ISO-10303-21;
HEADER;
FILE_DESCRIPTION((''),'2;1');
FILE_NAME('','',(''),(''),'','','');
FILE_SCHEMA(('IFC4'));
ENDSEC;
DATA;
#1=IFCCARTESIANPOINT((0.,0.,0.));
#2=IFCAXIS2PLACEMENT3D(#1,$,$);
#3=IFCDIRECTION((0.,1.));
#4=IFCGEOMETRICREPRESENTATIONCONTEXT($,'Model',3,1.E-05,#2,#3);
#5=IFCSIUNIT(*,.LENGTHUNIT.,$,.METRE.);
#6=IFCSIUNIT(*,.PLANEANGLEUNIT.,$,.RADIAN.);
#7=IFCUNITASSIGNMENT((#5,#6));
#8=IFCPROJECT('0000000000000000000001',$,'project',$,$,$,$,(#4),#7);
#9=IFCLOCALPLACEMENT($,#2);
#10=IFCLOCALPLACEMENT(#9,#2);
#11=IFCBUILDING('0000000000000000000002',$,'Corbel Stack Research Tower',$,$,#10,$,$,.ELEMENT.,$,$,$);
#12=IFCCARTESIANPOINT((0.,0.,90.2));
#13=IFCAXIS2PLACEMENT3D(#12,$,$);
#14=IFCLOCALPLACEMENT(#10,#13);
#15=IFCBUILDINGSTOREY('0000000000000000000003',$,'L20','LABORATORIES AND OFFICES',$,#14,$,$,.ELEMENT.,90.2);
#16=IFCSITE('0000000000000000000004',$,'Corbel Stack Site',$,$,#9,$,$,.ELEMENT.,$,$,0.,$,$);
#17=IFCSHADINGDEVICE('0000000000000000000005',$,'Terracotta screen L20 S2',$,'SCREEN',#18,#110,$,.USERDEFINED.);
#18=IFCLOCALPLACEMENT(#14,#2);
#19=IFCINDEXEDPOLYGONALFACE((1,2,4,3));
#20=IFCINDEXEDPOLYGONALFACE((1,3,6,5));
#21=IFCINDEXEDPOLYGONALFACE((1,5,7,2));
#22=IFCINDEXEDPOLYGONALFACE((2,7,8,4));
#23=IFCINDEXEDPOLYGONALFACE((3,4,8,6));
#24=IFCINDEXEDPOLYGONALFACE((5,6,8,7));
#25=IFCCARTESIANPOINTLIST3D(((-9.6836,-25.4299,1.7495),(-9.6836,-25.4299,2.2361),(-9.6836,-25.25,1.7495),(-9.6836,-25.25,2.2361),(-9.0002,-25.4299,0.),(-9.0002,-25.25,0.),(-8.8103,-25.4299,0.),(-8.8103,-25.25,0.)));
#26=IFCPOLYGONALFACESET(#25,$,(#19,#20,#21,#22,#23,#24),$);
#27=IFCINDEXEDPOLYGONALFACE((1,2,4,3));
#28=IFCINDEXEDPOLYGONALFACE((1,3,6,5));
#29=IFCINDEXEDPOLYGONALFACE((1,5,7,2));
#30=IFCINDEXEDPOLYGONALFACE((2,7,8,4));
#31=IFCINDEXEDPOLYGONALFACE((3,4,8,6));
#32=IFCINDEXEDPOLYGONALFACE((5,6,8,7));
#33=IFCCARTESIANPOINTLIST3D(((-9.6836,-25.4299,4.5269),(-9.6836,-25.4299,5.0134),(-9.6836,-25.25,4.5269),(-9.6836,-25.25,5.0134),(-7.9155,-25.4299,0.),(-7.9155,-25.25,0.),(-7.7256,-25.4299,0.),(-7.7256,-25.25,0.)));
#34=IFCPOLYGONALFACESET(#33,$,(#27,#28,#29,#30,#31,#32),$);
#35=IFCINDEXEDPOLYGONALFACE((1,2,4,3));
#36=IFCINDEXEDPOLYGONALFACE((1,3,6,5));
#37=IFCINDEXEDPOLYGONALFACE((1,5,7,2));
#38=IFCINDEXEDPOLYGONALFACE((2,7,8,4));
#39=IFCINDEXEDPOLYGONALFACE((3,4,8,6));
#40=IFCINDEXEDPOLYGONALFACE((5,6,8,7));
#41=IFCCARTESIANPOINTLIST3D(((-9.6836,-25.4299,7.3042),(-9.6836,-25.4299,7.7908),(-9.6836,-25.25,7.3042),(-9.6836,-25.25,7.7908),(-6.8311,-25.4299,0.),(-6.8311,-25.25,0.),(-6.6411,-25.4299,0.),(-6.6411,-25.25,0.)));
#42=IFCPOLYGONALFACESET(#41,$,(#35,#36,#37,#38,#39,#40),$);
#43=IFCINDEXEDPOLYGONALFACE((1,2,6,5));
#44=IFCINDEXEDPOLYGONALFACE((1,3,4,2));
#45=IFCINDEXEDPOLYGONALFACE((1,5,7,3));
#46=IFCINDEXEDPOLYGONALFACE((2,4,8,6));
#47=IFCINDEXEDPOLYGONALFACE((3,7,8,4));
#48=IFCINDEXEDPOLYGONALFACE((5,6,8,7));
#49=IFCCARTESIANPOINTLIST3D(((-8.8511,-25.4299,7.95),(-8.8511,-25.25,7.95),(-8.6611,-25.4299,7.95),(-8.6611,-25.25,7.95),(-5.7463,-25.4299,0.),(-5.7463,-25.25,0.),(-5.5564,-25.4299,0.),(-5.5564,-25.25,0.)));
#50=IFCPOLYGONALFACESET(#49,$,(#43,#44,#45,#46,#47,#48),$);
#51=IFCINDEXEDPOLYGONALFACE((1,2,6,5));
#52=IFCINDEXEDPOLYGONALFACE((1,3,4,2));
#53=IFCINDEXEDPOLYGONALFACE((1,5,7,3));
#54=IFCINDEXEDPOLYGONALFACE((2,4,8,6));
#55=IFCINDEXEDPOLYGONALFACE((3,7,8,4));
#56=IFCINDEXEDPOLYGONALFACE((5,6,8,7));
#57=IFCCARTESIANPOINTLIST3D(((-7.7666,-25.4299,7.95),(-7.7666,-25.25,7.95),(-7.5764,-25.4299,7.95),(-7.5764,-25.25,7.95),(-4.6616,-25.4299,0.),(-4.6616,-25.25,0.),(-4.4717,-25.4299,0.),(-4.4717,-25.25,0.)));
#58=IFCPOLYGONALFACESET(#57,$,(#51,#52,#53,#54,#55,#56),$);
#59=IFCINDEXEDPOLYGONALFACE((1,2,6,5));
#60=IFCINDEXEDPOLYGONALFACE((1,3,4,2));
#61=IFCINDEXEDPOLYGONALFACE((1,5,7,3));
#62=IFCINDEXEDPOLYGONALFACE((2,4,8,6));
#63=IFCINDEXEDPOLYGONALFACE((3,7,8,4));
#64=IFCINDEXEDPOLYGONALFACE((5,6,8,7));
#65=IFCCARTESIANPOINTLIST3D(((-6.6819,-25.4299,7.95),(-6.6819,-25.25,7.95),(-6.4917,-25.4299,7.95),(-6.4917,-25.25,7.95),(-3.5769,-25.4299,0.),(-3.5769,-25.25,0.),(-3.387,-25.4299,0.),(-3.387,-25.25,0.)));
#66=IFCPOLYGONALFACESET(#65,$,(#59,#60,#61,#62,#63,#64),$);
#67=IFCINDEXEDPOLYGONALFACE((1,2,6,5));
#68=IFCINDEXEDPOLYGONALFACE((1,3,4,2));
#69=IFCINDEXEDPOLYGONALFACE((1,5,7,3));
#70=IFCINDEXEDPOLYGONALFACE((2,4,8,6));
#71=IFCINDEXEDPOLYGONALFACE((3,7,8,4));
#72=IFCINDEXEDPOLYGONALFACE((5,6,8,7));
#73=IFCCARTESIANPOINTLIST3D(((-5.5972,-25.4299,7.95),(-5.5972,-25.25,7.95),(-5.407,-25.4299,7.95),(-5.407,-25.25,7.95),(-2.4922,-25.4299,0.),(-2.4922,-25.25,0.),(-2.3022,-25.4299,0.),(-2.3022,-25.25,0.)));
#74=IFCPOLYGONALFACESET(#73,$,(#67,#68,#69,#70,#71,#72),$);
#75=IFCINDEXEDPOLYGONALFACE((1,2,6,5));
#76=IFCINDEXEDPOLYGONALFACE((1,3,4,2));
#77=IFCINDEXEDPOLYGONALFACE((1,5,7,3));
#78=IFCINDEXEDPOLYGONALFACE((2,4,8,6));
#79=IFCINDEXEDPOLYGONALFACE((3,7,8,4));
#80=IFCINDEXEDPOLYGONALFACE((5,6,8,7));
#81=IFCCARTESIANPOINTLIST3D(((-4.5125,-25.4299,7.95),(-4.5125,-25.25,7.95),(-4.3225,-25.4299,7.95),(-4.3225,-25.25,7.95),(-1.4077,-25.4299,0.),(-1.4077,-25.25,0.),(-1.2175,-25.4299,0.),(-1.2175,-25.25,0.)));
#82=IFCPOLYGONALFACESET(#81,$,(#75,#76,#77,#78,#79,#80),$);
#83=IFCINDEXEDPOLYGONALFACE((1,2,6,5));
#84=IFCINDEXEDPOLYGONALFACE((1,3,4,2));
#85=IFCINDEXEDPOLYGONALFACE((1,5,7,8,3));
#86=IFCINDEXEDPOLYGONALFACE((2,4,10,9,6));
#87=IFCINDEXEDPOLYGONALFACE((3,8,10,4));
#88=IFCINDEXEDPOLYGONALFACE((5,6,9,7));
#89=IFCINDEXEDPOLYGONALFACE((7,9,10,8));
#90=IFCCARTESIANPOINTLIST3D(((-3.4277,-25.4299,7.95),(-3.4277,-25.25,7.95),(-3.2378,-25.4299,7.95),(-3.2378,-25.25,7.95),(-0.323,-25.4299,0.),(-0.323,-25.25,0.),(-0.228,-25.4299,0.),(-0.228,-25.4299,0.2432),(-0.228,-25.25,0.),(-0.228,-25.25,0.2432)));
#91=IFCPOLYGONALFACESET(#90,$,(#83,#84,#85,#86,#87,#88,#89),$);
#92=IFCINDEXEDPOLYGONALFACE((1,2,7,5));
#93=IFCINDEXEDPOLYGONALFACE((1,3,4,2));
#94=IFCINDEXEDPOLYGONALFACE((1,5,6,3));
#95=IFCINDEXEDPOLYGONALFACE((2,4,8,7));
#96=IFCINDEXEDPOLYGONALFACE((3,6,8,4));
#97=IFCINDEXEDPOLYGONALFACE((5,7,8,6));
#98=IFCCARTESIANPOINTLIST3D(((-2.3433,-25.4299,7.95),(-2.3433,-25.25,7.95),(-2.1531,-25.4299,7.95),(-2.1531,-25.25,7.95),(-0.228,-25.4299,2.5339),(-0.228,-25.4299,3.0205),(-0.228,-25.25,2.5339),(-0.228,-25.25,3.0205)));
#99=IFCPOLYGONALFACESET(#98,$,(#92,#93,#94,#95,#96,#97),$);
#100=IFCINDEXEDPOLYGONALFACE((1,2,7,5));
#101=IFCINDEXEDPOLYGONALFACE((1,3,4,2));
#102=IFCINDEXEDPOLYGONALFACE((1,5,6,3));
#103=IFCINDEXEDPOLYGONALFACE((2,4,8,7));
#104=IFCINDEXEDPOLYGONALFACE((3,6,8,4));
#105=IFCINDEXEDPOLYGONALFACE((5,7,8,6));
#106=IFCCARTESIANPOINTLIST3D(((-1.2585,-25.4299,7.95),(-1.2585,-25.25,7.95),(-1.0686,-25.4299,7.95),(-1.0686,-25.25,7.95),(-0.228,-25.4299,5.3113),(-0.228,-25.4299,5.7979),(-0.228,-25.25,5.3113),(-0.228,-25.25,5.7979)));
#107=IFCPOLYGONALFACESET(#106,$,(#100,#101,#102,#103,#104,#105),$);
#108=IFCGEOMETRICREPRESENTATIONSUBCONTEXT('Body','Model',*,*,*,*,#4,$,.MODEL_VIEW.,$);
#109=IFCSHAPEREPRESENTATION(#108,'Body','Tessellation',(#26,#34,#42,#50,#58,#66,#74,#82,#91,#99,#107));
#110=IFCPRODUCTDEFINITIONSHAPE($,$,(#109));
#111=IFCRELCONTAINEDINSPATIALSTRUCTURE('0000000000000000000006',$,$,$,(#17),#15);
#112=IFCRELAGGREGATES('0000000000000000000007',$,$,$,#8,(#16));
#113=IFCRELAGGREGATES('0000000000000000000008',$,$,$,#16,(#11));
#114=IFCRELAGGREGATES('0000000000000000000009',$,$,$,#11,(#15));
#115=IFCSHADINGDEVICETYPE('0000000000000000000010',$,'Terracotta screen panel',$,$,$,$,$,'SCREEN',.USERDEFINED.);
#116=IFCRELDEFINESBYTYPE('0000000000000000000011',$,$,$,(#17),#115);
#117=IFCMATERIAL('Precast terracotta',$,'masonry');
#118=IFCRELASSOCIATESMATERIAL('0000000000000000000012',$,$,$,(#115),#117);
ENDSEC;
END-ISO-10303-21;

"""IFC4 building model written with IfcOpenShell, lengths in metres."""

from ifc_helpers import new_model, si_unit, direction, frame, origin, place, context, subcontext, project, spatial, polyline, outline, extrude, source, transform, mapped, material, type_object, element, save


model = new_model("IFC4")

# Units and contexts
model_context = context("Model", 3, precision=1e-05, world=origin(), true_north=direction((0.0, 1.0)))
body_context = subcontext(model_context, "Body", "Model", "MODEL_VIEW")
ifc_project = project(units=[si_unit("LENGTHUNIT", "METRE"), si_unit("PLANEANGLEUNIT", "RADIAN")], contexts=[model_context])

# Site, building, storey
site_placement = place(None, origin())
site = spatial("IfcSite", under=ifc_project, at=site_placement, Name="Corbel Stack Site", CompositionType="ELEMENT", RefElevation=0.0)
building_placement = place(site_placement, origin())
building = spatial("IfcBuilding", under=site, at=building_placement, Name="Corbel Stack Research Tower", CompositionType="ELEMENT")
storey_placement = place(building_placement, frame((0.0, 0.0, 90.2)))
storey = spatial("IfcBuildingStorey", under=building, at=storey_placement, Name="L20", Description="LABORATORIES AND OFFICES", CompositionType="ELEMENT", Elevation=90.2)

# Shading device
ifc_material_1 = material(Name="Precast terracotta", Category="masonry")
shading_device_type = type_object("IfcShadingDeviceType", Name="Terracotta screen panel", ElementType="SCREEN", PredefinedType="USERDEFINED", material=ifc_material_1)
shared_shape = source(origin(), body_context, "Body", "SweptSolid", [
    extrude(outline(polyline([(0.8733, 0.0), (0.0, 2.2361), (0.0, 1.7495), (0.6833, 0.0), (0.8733, 0.0)])), frame((0.0, 0.0, 0.0), z_axis=(0.0, -1.0, 0.0), x_axis=(1.0, 0.0, 0.0)), (0.0, 0.0, 1.0), 0.1799),
    extrude(outline(polyline([(1.958, 0.0), (0.0, 5.0134), (0.0, 4.5269), (1.7681, 0.0), (1.958, 0.0)])), frame((0.0, 0.0, 0.0), z_axis=(0.0, -1.0, 0.0), x_axis=(1.0, 0.0, 0.0)), (0.0, 0.0, 1.0), 0.1799),
    extrude(outline(polyline([(3.0425, 0.0), (0.0, 7.7908), (0.0, 7.3042), (2.8525, 0.0), (3.0425, 0.0)])), frame((0.0, 0.0, 0.0), z_axis=(0.0, -1.0, 0.0), x_axis=(1.0, 0.0, 0.0)), (0.0, 0.0, 1.0), 0.1799),
    extrude(outline(polyline([(4.1272, 0.0), (1.0225, 7.95), (0.8325, 7.95), (3.9373, 0.0), (4.1272, 0.0)])), frame((0.0, 0.0, 0.0), z_axis=(0.0, -1.0, 0.0), x_axis=(1.0, 0.0, 0.0)), (0.0, 0.0, 1.0), 0.1799),
    extrude(outline(polyline([(5.2119, 0.0), (2.1072, 7.95), (1.917, 7.95), (5.022, 0.0), (5.2119, 0.0)])), frame((0.0, 0.0, 0.0), z_axis=(0.0, -1.0, 0.0), x_axis=(1.0, 0.0, 0.0)), (0.0, 0.0, 1.0), 0.1799),
    extrude(outline(polyline([(6.2966, 0.0), (3.1919, 7.95), (3.0017, 7.95), (6.1067, 0.0), (6.2966, 0.0)])), frame((0.0, 0.0, 0.0), z_axis=(0.0, -1.0, 0.0), x_axis=(1.0, 0.0, 0.0)), (0.0, 0.0, 1.0), 0.1799),
    extrude(outline(polyline([(7.3813, 0.0), (4.2766, 7.95), (4.0864, 7.95), (7.1914, 0.0), (7.3813, 0.0)])), frame((0.0, 0.0, 0.0), z_axis=(0.0, -1.0, 0.0), x_axis=(1.0, 0.0, 0.0)), (0.0, 0.0, 1.0), 0.1799),
    extrude(outline(polyline([(8.4661, 0.0), (5.3611, 7.95), (5.1711, 7.95), (8.2759, 0.0), (8.4661, 0.0)])), frame((0.0, 0.0, 0.0), z_axis=(0.0, -1.0, 0.0), x_axis=(1.0, 0.0, 0.0)), (0.0, 0.0, 1.0), 0.1799),
    extrude(outline(polyline([(9.4556, 0.0), (9.4556, 0.2432), (6.4458, 7.95), (6.2559, 7.95), (9.3606, 0.0), (9.4556, 0.0)])), frame((0.0, 0.0, 0.0), z_axis=(0.0, -1.0, 0.0), x_axis=(1.0, 0.0, 0.0)), (0.0, 0.0, 1.0), 0.1799),
    extrude(outline(polyline([(7.5305, 7.95), (7.3403, 7.95), (9.4556, 2.5339), (9.4556, 3.0205), (7.5305, 7.95)])), frame((0.0, 0.0, 0.0), z_axis=(0.0, -1.0, 0.0), x_axis=(1.0, 0.0, 0.0)), (0.0, 0.0, 1.0), 0.1799),
    extrude(outline(polyline([(8.615, 7.95), (8.425, 7.95), (9.4556, 5.3113), (9.4556, 5.7979), (8.615, 7.95)])), frame((0.0, 0.0, 0.0), z_axis=(0.0, -1.0, 0.0), x_axis=(1.0, 0.0, 0.0)), (0.0, 0.0, 1.0), 0.1799),
])
shading_device_placement = place(storey_placement, frame((-9.6836, -25.25, 0.0), z_axis=(0.0, 0.0, 1.0), x_axis=(1.0, 0.0, 0.0)))
element("IfcShadingDevice", 1, at=shading_device_placement, inside=storey, type_object=shading_device_type, Name="Terracotta screen L20 S2", ObjectType="SCREEN", PredefinedType="USERDEFINED", context=body_context, shape_type="MappedRepresentation", body=[
    mapped(shared_shape, transform((0.0, 0.0, 0.0))),
])

save(model, "model.ifc")
